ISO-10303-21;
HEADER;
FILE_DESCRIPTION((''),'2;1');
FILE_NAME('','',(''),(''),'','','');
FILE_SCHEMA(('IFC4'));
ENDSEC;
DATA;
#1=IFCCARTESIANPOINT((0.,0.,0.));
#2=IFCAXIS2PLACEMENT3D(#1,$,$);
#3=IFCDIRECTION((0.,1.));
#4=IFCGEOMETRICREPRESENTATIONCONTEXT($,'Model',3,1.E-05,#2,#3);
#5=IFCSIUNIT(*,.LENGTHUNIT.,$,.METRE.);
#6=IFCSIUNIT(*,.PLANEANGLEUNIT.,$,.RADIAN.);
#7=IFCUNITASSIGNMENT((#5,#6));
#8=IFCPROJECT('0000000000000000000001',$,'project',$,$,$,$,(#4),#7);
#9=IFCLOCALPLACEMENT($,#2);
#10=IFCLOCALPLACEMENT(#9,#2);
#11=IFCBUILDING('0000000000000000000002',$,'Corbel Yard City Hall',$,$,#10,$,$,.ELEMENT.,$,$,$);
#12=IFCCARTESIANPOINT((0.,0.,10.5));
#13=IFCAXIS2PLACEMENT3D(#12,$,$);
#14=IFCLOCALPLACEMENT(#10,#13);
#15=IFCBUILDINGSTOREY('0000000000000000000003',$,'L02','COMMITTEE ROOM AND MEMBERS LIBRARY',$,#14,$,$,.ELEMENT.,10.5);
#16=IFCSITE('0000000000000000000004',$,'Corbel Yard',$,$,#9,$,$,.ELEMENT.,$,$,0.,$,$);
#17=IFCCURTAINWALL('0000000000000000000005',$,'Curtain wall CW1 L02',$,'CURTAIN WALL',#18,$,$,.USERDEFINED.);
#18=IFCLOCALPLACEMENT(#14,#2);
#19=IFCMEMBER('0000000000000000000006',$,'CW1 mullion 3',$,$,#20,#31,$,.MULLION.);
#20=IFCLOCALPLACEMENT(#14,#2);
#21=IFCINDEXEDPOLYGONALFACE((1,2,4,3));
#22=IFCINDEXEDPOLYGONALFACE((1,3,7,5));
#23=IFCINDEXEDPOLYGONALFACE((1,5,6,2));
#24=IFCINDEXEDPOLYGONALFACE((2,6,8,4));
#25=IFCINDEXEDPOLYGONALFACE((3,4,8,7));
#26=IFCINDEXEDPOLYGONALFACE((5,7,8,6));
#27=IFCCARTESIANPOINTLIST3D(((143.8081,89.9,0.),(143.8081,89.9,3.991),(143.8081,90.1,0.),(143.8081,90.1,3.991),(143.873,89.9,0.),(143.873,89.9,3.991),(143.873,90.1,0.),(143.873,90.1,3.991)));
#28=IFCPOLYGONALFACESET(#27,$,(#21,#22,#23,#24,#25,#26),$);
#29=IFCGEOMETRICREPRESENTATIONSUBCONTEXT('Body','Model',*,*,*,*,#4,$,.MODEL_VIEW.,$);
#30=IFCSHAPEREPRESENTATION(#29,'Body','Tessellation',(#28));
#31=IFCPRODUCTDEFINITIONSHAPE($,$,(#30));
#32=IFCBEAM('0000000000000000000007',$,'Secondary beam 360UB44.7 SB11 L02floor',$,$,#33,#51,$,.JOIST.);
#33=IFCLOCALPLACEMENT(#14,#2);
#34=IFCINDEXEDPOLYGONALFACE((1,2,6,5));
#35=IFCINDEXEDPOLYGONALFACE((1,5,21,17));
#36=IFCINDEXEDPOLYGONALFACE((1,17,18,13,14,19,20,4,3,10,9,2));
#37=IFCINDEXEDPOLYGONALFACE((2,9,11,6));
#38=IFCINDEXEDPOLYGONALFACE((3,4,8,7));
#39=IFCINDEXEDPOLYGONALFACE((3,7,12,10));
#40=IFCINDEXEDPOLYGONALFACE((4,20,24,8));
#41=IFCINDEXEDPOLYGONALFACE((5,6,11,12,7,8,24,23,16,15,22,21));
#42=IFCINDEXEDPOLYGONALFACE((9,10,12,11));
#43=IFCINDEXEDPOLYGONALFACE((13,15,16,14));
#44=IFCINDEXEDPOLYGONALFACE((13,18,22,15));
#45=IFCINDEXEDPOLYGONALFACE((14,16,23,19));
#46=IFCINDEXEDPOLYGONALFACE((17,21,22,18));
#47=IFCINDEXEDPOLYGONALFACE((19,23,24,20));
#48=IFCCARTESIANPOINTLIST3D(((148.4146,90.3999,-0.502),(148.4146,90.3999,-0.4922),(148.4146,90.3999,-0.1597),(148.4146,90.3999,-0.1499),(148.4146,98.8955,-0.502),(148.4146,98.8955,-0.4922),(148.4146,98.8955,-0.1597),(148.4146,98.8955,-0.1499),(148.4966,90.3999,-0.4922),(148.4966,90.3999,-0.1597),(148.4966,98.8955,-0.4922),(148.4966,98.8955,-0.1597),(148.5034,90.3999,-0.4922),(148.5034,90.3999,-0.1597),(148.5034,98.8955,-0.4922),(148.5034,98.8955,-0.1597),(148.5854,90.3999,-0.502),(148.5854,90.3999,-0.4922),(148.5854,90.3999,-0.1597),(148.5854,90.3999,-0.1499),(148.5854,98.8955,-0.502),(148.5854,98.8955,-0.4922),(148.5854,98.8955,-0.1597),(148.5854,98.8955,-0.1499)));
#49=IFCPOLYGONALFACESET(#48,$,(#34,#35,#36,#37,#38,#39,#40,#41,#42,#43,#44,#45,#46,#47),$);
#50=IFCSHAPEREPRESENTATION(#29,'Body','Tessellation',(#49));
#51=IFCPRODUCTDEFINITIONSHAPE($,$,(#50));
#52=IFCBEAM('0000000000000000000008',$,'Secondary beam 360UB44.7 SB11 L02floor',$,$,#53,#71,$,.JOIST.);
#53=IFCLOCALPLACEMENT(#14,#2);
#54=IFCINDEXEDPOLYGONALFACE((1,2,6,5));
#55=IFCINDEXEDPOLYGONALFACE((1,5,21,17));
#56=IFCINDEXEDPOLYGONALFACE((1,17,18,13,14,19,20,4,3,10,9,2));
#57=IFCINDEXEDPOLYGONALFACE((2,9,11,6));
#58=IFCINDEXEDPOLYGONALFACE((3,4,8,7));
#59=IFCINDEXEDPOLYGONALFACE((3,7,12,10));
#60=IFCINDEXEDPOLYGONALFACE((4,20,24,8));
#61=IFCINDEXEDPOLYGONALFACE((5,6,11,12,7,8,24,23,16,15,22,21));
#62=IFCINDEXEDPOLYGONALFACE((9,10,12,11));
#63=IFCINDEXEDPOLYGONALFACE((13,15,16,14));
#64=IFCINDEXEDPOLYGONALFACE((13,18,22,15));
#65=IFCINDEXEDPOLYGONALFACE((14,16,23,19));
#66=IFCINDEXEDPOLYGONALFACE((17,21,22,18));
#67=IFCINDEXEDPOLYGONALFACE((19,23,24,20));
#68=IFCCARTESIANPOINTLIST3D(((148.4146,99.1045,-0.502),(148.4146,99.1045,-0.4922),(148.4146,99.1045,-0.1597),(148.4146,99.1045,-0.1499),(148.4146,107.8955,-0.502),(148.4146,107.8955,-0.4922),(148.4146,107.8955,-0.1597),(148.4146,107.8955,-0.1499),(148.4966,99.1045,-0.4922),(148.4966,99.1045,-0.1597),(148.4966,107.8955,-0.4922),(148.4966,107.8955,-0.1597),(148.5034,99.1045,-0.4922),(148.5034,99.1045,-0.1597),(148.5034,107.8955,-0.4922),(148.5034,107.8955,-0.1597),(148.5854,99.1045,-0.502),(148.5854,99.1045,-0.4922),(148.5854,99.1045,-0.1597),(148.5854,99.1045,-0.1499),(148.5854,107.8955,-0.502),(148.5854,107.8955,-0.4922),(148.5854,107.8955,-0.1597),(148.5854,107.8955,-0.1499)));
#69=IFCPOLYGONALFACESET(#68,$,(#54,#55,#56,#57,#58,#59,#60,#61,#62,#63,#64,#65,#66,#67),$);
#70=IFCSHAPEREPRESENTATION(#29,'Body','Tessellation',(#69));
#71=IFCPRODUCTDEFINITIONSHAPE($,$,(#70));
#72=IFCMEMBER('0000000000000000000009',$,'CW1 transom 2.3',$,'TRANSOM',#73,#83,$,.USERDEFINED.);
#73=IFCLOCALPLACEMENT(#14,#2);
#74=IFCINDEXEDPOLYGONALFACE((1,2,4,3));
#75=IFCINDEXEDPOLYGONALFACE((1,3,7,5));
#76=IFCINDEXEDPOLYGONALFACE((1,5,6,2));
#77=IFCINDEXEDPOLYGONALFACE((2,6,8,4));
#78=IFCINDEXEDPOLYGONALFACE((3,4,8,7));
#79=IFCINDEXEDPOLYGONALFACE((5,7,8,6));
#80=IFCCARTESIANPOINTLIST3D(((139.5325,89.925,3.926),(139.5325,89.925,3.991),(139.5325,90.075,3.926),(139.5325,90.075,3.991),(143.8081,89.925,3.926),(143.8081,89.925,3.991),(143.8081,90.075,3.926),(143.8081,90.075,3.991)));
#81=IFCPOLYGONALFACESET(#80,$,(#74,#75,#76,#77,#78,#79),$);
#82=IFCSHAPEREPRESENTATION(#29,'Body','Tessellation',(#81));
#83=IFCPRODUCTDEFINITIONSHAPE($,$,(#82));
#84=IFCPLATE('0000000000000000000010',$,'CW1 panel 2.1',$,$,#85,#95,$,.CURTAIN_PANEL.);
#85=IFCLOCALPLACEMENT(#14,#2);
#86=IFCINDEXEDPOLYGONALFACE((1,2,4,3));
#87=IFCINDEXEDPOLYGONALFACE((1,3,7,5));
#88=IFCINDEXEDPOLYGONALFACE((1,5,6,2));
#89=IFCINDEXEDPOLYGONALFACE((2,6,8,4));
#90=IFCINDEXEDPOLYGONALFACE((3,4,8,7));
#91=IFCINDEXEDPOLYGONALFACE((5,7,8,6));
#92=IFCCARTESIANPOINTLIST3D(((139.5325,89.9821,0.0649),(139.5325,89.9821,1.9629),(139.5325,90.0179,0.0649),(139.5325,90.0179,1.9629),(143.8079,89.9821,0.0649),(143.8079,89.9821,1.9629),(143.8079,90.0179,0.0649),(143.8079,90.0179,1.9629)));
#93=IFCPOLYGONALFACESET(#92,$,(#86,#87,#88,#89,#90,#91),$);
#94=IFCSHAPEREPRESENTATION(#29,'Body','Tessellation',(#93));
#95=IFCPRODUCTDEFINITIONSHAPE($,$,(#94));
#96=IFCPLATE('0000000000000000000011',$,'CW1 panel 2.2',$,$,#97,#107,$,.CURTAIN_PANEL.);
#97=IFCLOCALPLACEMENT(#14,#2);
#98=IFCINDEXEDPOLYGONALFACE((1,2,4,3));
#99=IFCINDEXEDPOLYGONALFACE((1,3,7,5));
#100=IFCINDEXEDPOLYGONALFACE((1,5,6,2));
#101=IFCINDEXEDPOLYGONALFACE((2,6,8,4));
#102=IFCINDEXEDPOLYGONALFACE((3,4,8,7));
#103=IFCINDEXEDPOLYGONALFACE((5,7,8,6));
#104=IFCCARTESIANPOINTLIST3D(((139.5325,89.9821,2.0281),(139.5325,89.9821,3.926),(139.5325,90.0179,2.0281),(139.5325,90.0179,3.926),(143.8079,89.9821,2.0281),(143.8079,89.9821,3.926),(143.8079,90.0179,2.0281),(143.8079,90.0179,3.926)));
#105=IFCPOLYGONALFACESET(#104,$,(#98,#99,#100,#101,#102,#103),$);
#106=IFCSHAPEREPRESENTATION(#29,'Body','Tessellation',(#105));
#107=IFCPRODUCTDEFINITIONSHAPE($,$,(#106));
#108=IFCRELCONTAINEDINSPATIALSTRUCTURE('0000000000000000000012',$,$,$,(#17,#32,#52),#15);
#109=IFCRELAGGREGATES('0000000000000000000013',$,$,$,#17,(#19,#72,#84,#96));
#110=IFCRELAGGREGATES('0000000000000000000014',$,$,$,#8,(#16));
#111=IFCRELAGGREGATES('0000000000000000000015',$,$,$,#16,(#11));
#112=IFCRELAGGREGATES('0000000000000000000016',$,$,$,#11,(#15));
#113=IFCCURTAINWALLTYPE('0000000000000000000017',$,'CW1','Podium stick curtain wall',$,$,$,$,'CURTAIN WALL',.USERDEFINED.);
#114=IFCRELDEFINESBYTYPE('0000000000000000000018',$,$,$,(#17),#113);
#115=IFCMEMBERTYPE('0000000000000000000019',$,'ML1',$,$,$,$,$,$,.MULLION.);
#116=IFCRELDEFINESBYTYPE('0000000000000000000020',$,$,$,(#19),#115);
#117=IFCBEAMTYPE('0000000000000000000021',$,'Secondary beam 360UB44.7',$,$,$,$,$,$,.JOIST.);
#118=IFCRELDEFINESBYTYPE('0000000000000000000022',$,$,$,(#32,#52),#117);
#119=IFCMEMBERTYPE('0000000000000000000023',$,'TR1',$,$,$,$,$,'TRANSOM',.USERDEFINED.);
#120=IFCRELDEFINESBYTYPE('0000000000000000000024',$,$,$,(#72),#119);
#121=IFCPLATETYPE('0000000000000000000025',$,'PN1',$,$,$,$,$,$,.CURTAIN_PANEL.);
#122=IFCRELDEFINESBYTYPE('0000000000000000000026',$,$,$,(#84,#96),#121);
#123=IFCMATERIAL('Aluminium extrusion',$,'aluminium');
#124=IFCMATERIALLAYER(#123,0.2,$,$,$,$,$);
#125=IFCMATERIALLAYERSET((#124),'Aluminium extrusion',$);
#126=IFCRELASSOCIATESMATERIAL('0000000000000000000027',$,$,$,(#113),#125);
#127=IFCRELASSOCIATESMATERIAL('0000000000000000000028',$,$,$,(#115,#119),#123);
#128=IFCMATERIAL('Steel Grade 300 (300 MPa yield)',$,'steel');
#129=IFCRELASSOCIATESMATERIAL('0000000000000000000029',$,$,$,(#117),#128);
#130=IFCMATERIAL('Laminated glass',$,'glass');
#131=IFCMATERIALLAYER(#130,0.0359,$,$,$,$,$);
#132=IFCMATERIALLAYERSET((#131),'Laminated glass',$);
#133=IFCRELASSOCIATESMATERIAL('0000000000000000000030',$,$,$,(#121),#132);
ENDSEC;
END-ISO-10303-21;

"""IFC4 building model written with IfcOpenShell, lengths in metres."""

from ifc_helpers import new_model, si_unit, direction, frame, origin, origin_2d, place, context, subcontext, project, spatial, rectangle, i_section, extrude, material, layer, layer_set, material_profile, profile_set, type_object, element, aggregate, save


model = new_model("IFC4")

# Units and contexts
model_context = context("Model", 3, precision=1e-05, world=origin(), true_north=direction((0.0, 1.0)))
body_context = subcontext(model_context, "Body", "Model", "MODEL_VIEW")
ifc_project = project(units=[si_unit("LENGTHUNIT", "METRE"), si_unit("PLANEANGLEUNIT", "RADIAN")], contexts=[model_context])

# Site, building, storey
site_placement = place(None, origin())
site = spatial("IfcSite", under=ifc_project, at=site_placement, Name="Corbel Yard", CompositionType="ELEMENT", RefElevation=0.0)
building_placement = place(site_placement, origin())
building = spatial("IfcBuilding", under=site, at=building_placement, Name="Corbel Yard City Hall", CompositionType="ELEMENT")
storey_placement = place(building_placement, frame((0.0, 0.0, 10.5)))
storey = spatial("IfcBuildingStorey", under=building, at=storey_placement, Name="L02", Description="COMMITTEE ROOM AND MEMBERS LIBRARY", CompositionType="ELEMENT", Elevation=10.5)

# Shared definitions
ifc_material_1 = material(Name="Steel Grade 300 (300 MPa yield)", Category="steel")

# Curtain wall, member
ifc_material_2 = material(Name="Aluminium extrusion", Category="aluminium")
ifc_layer_1 = layer(ifc_material_2, 0.2)
ifc_layer_set_1 = layer_set([ifc_layer_1], Name="Aluminium extrusion")
curtain_wall_type = type_object("IfcCurtainWallType", Name="CW1", Description="Podium stick curtain wall", ElementType="CURTAIN WALL", PredefinedType="USERDEFINED", material=ifc_layer_set_1)
curtain_wall_placement = place(storey_placement, origin())
curtain_wall = element("IfcCurtainWall", 1, at=curtain_wall_placement, inside=storey, type_object=curtain_wall_type, Name="Curtain wall CW1 L02", ObjectType="CURTAIN WALL", PredefinedType="USERDEFINED")
ifc_material_profile_1 = material_profile(ifc_material_2, rectangle(XDim=0.2, YDim=0.0649, at=origin_2d()), Name="200x65")
ifc_profile_set_1 = profile_set([ifc_material_profile_1], Name="Aluminium extrusion")
member_type_1 = type_object("IfcMemberType", Name="ML1", PredefinedType="MULLION", material=ifc_profile_set_1)
member_1_placement = place(storey_placement, frame((143.8406, 90.0, 0.0), z_axis=(0.0, 0.0, 1.0), x_axis=(0.0, 1.0, 0.0)))
member_1 = element("IfcMember", 2, at=member_1_placement, type_object=member_type_1, Name="CW1 mullion 3", PredefinedType="MULLION", context=body_context, shape_type="SweptSolid", body=[
    extrude(rectangle(XDim=0.2, YDim=0.0649, at=origin_2d()), origin(), (0.0, 0.0, 1.0), 3.991),
])

# Beams
ifc_material_profile_2 = material_profile(ifc_material_1, i_section(OverallWidth=0.1709, OverallDepth=0.3521, WebThickness=0.0068, FlangeThickness=0.0098, at=origin_2d()), Name="360UB44.7")
ifc_profile_set_2 = profile_set([ifc_material_profile_2], Name="Steel Grade 300 (300 MPa yield)")
beam_type_1 = type_object("IfcBeamType", Name="Secondary beam 360UB44.7", PredefinedType="JOIST", material=ifc_profile_set_2)
beam_1_placement = place(storey_placement, frame((148.5, 90.3999, -0.3259), z_axis=(0.0, 1.0, 0.0), x_axis=(-1.0, 0.0, 0.0)))
element("IfcBeam", 3, at=beam_1_placement, inside=storey, type_object=beam_type_1, Name="Secondary beam 360UB44.7 SB11 L02floor", PredefinedType="JOIST", context=body_context, shape_type="SweptSolid", body=[
    extrude(i_section(OverallWidth=0.1709, OverallDepth=0.3521, WebThickness=0.0068, FlangeThickness=0.0098, at=origin_2d()), origin(), (0.0, 0.0, 1.0), 8.4956),
])
beam_2_placement = place(storey_placement, frame((148.5, 99.1045, -0.3259), z_axis=(0.0, 1.0, 0.0), x_axis=(-1.0, 0.0, 0.0)))
element("IfcBeam", 4, at=beam_2_placement, inside=storey, type_object=beam_type_1, Name="Secondary beam 360UB44.7 SB11 L02floor", PredefinedType="JOIST", context=body_context, shape_type="SweptSolid", body=[
    extrude(i_section(OverallWidth=0.1709, OverallDepth=0.3521, WebThickness=0.0068, FlangeThickness=0.0098, at=origin_2d()), origin(), (0.0, 0.0, 1.0), 8.791),
])

# Member
ifc_material_profile_3 = material_profile(ifc_material_2, rectangle(XDim=0.1499, YDim=0.0649, at=origin_2d()), Name="150x65")
ifc_profile_set_3 = profile_set([ifc_material_profile_3], Name="Aluminium extrusion")
member_type_2 = type_object("IfcMemberType", Name="TR1", ElementType="TRANSOM", PredefinedType="USERDEFINED", material=ifc_profile_set_3)
member_2_placement = place(storey_placement, frame((139.5325, 90.0, 3.9585), z_axis=(1.0, 0.0, 0.0), x_axis=(0.0, 1.0, 0.0)))
member_2 = element("IfcMember", 5, at=member_2_placement, type_object=member_type_2, Name="CW1 transom 2.3", ObjectType="TRANSOM", PredefinedType="USERDEFINED", context=body_context, shape_type="SweptSolid", body=[
    extrude(rectangle(XDim=0.1499, YDim=0.0649, at=origin_2d()), origin(), (0.0, 0.0, 1.0), 4.2756),
])

# Plates
ifc_material_3 = material(Name="Laminated glass", Category="glass")
ifc_layer_2 = layer(ifc_material_3, 0.0359)
ifc_layer_set_2 = layer_set([ifc_layer_2], Name="Laminated glass")
plate_type = type_object("IfcPlateType", Name="PN1", PredefinedType="CURTAIN_PANEL", material=ifc_layer_set_2)
plate_1_placement = place(storey_placement, frame((141.6702, 90.0, 0.0649), z_axis=(0.0, 0.0, 1.0), x_axis=(1.0, 0.0, 0.0)))
plate_1 = element("IfcPlate", 6, at=plate_1_placement, type_object=plate_type, Name="CW1 panel 2.1", PredefinedType="CURTAIN_PANEL", context=body_context, shape_type="SweptSolid", body=[
    extrude(rectangle(XDim=4.2754, YDim=0.0359, at=origin_2d()), origin(), (0.0, 0.0, 1.0), 1.8979),
])
plate_2_placement = place(storey_placement, frame((141.6702, 90.0, 2.0281), z_axis=(0.0, 0.0, 1.0), x_axis=(1.0, 0.0, 0.0)))
plate_2 = element("IfcPlate", 7, at=plate_2_placement, type_object=plate_type, Name="CW1 panel 2.2", PredefinedType="CURTAIN_PANEL", context=body_context, shape_type="SweptSolid", body=[
    extrude(rectangle(XDim=4.2754, YDim=0.0359, at=origin_2d()), origin(), (0.0, 0.0, 1.0), 1.8979),
])
aggregate(curtain_wall, [member_1, member_2, plate_1, plate_2])

save(model, "model.ifc")
